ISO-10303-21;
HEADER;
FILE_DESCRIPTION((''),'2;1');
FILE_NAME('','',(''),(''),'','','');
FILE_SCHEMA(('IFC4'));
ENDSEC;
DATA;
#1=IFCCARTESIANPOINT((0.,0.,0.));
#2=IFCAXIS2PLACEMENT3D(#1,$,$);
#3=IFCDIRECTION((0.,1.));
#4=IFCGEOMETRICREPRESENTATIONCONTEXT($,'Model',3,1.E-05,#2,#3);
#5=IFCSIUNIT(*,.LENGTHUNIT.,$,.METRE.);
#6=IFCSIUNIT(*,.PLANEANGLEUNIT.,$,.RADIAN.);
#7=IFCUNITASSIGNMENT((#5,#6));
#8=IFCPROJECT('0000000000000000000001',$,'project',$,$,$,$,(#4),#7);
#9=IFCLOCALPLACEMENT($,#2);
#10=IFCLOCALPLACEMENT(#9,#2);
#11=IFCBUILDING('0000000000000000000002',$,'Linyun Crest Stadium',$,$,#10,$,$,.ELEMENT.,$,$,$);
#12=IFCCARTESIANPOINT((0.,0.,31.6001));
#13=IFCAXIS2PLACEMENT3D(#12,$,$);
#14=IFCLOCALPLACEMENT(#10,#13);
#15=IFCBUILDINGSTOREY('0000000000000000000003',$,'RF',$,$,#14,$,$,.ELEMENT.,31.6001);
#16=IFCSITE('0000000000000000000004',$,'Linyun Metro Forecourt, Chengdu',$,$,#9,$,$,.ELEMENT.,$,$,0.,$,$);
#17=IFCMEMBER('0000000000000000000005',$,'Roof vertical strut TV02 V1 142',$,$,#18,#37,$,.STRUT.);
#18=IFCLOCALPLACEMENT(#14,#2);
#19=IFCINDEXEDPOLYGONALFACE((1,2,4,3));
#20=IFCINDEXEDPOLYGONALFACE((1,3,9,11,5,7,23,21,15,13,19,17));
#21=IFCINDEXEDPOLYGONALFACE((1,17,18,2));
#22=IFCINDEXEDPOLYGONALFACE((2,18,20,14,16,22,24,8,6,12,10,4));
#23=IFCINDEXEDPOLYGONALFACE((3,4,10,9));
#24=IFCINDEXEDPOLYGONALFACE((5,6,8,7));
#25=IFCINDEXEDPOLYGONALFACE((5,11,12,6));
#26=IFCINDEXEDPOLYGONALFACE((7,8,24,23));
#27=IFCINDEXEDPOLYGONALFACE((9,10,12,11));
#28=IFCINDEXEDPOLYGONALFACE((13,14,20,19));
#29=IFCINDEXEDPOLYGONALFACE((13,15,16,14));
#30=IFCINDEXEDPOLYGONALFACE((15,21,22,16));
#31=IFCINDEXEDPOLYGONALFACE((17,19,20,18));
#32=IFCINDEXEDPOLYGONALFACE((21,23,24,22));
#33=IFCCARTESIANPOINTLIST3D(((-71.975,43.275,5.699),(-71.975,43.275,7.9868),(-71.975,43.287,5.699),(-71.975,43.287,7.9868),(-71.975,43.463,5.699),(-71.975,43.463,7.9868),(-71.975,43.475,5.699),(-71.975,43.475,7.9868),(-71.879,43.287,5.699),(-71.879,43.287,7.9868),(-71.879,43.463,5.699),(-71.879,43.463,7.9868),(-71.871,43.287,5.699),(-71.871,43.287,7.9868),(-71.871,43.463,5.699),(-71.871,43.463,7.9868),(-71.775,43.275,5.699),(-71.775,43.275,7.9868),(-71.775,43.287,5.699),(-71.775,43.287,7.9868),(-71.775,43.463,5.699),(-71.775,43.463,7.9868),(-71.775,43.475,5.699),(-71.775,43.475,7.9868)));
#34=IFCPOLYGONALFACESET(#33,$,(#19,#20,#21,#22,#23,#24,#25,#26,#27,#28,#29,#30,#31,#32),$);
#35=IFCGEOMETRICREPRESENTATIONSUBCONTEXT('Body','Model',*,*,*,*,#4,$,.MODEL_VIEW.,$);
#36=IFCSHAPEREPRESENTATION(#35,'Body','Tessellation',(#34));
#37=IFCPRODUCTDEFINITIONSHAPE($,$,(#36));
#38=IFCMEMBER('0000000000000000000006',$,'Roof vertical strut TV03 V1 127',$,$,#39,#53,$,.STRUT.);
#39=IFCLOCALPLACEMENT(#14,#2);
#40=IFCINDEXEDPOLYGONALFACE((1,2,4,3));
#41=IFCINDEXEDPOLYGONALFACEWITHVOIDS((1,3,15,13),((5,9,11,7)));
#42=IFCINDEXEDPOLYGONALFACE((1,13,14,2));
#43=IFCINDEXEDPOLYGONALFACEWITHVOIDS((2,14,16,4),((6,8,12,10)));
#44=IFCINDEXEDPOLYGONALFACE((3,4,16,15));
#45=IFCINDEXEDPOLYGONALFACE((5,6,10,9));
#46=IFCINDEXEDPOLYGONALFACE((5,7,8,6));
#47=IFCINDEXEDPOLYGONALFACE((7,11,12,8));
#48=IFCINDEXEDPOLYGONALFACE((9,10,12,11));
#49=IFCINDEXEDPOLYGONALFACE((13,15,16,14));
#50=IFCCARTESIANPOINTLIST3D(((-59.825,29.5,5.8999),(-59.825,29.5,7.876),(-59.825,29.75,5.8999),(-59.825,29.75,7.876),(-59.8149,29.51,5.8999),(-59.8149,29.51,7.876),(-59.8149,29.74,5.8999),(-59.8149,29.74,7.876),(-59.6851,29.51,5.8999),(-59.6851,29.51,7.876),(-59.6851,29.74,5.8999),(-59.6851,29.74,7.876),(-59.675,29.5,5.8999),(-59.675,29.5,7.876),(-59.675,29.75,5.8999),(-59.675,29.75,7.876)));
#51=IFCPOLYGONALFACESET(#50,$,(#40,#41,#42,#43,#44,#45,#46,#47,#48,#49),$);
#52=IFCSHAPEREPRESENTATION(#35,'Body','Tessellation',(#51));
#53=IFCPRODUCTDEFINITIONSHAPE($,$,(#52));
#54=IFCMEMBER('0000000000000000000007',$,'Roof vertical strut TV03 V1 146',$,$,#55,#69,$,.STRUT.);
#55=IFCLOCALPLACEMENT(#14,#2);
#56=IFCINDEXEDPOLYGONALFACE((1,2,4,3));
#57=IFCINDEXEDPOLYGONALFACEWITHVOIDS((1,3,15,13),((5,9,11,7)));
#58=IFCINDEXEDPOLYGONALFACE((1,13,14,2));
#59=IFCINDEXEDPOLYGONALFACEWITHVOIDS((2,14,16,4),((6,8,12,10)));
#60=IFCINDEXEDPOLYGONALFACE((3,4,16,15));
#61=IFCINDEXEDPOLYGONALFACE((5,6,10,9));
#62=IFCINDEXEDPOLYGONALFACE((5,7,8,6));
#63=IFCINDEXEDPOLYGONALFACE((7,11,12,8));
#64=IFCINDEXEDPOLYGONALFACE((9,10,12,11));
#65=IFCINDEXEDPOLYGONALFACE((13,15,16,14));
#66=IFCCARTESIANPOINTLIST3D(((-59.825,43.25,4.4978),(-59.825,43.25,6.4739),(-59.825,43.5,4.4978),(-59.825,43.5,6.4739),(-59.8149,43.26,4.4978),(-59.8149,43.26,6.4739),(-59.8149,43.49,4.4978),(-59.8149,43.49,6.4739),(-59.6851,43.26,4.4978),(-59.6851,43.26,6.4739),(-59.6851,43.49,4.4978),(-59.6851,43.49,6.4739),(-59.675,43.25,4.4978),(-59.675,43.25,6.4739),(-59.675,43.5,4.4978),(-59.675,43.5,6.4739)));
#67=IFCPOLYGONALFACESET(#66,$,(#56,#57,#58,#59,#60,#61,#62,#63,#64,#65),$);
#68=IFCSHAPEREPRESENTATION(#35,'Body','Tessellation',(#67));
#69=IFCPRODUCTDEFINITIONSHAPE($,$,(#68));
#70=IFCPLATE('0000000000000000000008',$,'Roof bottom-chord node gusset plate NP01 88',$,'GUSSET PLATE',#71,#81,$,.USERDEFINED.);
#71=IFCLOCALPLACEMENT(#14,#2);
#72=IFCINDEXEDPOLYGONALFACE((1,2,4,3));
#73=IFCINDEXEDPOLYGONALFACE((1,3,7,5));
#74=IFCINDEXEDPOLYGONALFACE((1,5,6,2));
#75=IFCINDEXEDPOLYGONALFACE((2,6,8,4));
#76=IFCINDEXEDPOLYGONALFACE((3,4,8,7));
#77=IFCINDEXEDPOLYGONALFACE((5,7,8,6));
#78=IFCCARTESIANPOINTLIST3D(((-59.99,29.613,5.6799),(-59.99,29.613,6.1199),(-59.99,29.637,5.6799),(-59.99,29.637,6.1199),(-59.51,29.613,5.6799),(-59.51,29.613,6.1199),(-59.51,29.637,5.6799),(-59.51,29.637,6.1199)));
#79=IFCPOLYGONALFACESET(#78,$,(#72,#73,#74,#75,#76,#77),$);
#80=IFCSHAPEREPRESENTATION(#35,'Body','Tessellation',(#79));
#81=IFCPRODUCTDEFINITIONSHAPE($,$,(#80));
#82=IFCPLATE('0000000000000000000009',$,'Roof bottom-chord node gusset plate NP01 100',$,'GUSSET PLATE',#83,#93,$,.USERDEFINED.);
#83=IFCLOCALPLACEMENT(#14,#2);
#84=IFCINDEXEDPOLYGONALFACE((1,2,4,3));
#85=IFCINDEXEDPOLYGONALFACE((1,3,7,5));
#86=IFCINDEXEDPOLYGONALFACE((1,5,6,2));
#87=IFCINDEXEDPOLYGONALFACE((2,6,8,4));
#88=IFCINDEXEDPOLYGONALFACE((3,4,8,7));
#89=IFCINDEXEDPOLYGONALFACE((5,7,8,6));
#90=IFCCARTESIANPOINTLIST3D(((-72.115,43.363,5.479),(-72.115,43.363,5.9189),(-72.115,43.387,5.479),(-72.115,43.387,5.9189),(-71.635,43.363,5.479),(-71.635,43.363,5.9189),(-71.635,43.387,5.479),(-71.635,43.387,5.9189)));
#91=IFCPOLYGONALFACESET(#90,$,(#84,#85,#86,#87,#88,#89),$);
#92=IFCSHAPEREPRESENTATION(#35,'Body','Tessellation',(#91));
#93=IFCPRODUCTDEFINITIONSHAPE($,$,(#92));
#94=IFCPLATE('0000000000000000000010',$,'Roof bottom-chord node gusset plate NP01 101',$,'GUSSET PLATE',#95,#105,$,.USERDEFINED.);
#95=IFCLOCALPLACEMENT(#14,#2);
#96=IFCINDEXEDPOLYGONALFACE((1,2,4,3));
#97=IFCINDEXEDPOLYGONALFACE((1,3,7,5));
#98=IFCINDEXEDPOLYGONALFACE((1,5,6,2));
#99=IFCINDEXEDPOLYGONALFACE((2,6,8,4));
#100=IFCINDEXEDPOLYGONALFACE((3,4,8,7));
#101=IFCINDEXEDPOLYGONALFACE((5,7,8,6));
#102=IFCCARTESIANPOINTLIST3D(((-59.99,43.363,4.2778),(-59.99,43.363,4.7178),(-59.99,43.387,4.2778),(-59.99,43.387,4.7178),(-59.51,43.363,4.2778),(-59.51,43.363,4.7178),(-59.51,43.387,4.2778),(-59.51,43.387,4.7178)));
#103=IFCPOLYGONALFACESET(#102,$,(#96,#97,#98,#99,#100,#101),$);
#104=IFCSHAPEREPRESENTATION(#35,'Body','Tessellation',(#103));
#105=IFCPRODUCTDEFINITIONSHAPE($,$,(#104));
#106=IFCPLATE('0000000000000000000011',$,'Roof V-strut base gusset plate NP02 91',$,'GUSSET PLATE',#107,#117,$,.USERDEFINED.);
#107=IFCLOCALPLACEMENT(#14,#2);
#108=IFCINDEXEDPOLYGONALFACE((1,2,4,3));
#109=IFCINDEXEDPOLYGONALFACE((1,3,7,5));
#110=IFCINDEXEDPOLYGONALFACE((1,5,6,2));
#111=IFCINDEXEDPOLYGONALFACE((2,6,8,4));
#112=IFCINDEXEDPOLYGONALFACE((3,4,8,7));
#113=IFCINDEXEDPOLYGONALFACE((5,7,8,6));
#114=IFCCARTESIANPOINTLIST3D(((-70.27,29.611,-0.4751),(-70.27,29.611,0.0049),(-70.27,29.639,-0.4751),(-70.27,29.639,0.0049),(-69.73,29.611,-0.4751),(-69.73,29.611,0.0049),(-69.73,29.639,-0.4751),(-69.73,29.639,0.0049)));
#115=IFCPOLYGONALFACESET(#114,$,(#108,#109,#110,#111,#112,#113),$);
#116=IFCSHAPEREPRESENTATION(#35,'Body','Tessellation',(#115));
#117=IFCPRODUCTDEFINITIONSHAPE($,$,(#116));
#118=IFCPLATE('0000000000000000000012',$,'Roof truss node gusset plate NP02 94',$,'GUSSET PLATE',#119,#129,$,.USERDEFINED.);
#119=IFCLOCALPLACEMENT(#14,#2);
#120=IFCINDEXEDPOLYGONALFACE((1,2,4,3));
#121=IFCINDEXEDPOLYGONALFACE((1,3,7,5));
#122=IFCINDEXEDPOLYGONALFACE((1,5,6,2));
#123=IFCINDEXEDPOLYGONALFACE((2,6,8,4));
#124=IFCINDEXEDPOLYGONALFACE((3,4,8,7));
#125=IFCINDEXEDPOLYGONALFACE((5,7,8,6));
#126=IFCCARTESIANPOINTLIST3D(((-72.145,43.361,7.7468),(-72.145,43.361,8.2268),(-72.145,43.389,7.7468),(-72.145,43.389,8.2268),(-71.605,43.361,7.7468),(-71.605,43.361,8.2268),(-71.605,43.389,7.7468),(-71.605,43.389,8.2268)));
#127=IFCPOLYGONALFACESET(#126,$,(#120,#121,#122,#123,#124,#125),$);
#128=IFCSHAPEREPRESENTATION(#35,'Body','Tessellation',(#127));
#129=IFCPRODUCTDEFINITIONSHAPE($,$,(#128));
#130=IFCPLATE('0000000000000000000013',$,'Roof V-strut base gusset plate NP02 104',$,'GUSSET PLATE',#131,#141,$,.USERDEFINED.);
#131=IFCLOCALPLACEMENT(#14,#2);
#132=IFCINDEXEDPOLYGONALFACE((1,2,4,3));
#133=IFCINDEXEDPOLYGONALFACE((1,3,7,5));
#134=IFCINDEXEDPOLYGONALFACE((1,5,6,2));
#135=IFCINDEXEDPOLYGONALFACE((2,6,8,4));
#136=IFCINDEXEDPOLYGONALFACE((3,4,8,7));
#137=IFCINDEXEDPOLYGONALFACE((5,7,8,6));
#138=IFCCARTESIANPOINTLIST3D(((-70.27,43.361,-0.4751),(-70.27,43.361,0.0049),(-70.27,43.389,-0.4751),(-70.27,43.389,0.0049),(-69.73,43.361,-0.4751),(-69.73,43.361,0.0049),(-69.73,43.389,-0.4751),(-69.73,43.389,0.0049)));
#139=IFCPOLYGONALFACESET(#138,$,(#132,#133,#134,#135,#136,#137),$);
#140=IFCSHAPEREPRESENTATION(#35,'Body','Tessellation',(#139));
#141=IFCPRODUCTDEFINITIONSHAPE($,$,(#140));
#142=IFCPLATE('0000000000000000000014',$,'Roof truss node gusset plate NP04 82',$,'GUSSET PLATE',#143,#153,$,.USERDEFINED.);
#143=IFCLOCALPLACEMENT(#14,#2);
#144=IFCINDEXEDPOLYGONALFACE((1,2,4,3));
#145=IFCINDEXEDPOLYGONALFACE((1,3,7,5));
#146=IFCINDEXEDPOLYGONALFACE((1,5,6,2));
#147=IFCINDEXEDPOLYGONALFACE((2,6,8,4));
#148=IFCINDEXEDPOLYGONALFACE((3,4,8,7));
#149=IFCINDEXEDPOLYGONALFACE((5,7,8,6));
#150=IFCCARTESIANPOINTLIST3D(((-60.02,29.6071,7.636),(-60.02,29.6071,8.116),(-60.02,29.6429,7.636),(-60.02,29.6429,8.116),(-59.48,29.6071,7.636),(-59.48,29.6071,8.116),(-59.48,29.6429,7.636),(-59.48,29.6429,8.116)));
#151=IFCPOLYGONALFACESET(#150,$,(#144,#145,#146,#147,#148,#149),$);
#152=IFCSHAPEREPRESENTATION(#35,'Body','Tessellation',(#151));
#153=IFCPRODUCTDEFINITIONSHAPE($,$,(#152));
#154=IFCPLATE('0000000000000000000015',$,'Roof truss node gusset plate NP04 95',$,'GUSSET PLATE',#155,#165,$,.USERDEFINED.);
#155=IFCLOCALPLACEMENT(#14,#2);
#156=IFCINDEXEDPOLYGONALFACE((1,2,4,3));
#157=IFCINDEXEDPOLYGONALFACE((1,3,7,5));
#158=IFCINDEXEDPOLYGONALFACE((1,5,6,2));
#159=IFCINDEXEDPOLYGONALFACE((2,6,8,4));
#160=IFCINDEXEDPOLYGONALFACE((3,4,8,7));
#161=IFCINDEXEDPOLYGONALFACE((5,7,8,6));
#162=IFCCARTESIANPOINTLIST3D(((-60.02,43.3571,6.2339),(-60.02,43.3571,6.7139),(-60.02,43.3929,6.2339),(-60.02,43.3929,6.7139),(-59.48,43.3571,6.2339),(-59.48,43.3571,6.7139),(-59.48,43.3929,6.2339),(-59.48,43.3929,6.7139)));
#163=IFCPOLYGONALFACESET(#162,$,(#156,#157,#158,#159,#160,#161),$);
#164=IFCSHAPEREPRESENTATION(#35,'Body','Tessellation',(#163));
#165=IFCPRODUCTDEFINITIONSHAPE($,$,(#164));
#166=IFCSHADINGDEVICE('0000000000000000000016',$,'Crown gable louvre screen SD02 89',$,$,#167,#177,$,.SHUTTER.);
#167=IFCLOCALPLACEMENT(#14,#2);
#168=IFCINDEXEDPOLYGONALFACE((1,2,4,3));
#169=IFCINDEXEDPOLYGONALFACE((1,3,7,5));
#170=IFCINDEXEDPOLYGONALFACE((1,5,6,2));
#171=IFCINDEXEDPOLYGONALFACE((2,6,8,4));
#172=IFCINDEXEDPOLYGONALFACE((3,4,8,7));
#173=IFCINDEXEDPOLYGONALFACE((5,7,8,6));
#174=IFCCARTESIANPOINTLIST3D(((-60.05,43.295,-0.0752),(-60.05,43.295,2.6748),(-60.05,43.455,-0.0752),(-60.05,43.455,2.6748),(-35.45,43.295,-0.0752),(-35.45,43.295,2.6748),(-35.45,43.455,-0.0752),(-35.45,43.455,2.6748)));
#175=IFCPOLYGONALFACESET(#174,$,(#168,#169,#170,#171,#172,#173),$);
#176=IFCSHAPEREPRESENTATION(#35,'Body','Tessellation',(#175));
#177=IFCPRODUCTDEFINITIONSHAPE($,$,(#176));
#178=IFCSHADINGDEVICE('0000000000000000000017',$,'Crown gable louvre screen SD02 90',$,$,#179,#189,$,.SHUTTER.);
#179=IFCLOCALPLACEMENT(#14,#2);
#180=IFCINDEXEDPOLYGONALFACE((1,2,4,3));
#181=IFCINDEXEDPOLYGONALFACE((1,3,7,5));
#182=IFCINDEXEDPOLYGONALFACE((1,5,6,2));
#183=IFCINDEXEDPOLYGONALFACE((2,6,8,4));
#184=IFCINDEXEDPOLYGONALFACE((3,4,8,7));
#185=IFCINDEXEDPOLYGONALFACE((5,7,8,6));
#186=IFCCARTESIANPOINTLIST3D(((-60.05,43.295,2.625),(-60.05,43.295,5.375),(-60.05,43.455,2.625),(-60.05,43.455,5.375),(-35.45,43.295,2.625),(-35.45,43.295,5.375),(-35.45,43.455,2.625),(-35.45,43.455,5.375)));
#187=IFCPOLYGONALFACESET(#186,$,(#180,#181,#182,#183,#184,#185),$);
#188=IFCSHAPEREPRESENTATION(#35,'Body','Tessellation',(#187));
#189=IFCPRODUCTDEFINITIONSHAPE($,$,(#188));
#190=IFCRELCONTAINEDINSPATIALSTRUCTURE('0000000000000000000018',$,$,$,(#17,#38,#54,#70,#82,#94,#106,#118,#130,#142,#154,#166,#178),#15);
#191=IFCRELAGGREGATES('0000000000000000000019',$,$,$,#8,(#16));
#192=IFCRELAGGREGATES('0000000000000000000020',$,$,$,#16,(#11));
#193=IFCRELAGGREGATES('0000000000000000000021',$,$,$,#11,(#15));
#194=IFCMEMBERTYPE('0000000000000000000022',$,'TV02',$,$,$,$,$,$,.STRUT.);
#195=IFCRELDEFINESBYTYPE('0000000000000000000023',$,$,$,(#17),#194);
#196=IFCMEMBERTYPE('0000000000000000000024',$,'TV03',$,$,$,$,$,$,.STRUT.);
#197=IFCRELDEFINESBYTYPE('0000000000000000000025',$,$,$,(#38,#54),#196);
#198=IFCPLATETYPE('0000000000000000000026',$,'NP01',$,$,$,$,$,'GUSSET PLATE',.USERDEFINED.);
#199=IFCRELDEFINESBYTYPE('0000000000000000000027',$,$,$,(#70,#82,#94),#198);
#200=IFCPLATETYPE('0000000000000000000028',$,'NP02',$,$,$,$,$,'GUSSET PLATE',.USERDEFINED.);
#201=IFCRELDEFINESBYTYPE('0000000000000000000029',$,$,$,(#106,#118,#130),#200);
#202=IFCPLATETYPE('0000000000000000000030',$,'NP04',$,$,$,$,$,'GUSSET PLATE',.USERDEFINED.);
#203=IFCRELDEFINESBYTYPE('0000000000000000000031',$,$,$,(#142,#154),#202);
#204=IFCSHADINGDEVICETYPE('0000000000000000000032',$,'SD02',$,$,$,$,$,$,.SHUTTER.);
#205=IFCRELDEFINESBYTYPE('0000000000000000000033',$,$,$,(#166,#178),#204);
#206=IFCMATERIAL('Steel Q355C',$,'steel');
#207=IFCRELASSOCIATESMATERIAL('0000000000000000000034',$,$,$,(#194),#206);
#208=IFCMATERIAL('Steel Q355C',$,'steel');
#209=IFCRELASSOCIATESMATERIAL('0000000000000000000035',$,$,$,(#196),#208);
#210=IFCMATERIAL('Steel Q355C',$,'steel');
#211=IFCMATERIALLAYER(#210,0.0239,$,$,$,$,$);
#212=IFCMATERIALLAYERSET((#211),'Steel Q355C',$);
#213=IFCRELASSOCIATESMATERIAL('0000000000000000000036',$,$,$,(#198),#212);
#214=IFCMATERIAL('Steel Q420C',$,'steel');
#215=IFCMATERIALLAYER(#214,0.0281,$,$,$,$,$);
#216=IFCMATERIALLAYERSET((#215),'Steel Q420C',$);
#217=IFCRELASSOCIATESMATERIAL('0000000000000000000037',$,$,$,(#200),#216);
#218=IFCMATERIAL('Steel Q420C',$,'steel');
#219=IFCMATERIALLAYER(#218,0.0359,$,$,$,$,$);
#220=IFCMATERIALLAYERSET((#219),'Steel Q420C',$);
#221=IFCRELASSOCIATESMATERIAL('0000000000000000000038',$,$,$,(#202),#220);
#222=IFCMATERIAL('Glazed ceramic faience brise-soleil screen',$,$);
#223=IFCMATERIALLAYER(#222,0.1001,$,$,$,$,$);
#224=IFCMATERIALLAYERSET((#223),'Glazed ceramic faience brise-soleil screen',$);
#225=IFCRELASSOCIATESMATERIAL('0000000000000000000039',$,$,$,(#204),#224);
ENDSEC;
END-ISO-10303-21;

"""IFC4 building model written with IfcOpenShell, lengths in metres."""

from ifc_helpers import new_model, si_unit, direction, frame, origin, origin_2d, place, context, subcontext, project, spatial, rectangle, hollow_rectangle, i_section, extrude, material, layer, layer_set, material_profile, profile_set, type_object, element, save


model = new_model("IFC4")

# Units and contexts
model_context = context("Model", 3, precision=1e-05, world=origin(), true_north=direction((0.0, 1.0)))
body_context = subcontext(model_context, "Body", "Model", "MODEL_VIEW")
ifc_project = project(units=[si_unit("LENGTHUNIT", "METRE"), si_unit("PLANEANGLEUNIT", "RADIAN")], contexts=[model_context])

# Site, building, storey
site_placement = place(None, origin())
site = spatial("IfcSite", under=ifc_project, at=site_placement, Name="Linyun Metro Forecourt, Chengdu", CompositionType="ELEMENT", RefElevation=0.0)
building_placement = place(site_placement, origin())
building = spatial("IfcBuilding", under=site, at=building_placement, Name="Linyun Crest Stadium", CompositionType="ELEMENT")
storey_placement = place(building_placement, frame((0.0, 0.0, 31.6001)))
storey = spatial("IfcBuildingStorey", under=building, at=storey_placement, Name="RF", CompositionType="ELEMENT", Elevation=31.6001)

# Members
ifc_material_1 = material(Name="Steel Q355C", Category="steel")
ifc_material_profile_1 = material_profile(ifc_material_1, i_section(OverallWidth=0.2, OverallDepth=0.2, WebThickness=0.0081, FlangeThickness=0.012, at=origin_2d()), Name="HW 200x200")
ifc_profile_set_1 = profile_set([ifc_material_profile_1], Name="Steel Q355C")
member_type_1 = type_object("IfcMemberType", Name="TV02", PredefinedType="STRUT", material=ifc_profile_set_1)
member_1_placement = place(storey_placement, frame((-71.875, 43.375, 5.699), z_axis=(0.0, 0.0, 1.0), x_axis=(1.0, 0.0, 0.0)))
element("IfcMember", 1, at=member_1_placement, inside=storey, type_object=member_type_1, Name="Roof vertical strut TV02 V1 142", PredefinedType="STRUT", context=body_context, shape_type="SweptSolid", body=[
    extrude(i_section(OverallWidth=0.2, OverallDepth=0.2, WebThickness=0.0081, FlangeThickness=0.012, at=origin_2d()), origin(), (0.0, 0.0, 1.0), 2.2878),
])
ifc_material_2 = material(Name="Steel Q355C", Category="steel")
ifc_material_profile_2 = material_profile(ifc_material_2, hollow_rectangle(XDim=0.1499, YDim=0.25, WallThickness=0.01, at=origin_2d()), Name="RHS 250x150x10")
ifc_profile_set_2 = profile_set([ifc_material_profile_2], Name="Steel Q355C")
member_type_2 = type_object("IfcMemberType", Name="TV03", PredefinedType="STRUT", material=ifc_profile_set_2)
for number, where, z_axis, x_axis, name in (
    (2, (-59.75, 29.625, 5.8999), (0.0, 0.0, 1.0), (1.0, 0.0, 0.0), "Roof vertical strut TV03 V1 127"),
    (3, (-59.75, 43.375, 4.4978), (0.0, 0.0, 1.0), (1.0, 0.0, 0.0), "Roof vertical strut TV03 V1 146"),
):
    element("IfcMember", number, at=place(storey_placement, frame(where, z_axis=z_axis, x_axis=x_axis)), inside=storey, type_object=member_type_2, Name=name, PredefinedType="STRUT", context=body_context, shape_type="SweptSolid", body=[
        extrude(hollow_rectangle(XDim=0.1499, YDim=0.25, WallThickness=0.01, at=origin_2d()), origin(), (0.0, 0.0, 1.0), 1.9761),
    ])

# Plates
ifc_material_3 = material(Name="Steel Q355C", Category="steel")
ifc_layer_1 = layer(ifc_material_3, 0.0239)
ifc_layer_set_1 = layer_set([ifc_layer_1], Name="Steel Q355C")
plate_type_1 = type_object("IfcPlateType", Name="NP01", ElementType="GUSSET PLATE", PredefinedType="USERDEFINED", material=ifc_layer_set_1)
for number, where, z_axis, x_axis, name in (
    (4, (-59.75, 29.625, 5.6799), (0.0, 0.0, 1.0), (1.0, 0.0, 0.0), "Roof bottom-chord node gusset plate NP01 88"),
    (5, (-71.875, 43.375, 5.479), (0.0, 0.0, 1.0), (1.0, 0.0, 0.0), "Roof bottom-chord node gusset plate NP01 100"),
    (6, (-59.75, 43.375, 4.2778), (0.0, 0.0, 1.0), (1.0, 0.0, 0.0), "Roof bottom-chord node gusset plate NP01 101"),
):
    element("IfcPlate", number, at=place(storey_placement, frame(where, z_axis=z_axis, x_axis=x_axis)), inside=storey, type_object=plate_type_1, Name=name, ObjectType="GUSSET PLATE", PredefinedType="USERDEFINED", context=body_context, shape_type="SweptSolid", body=[
        extrude(rectangle(XDim=0.48, YDim=0.0239, at=origin_2d()), origin(), (0.0, 0.0, 1.0), 0.4399),
    ])
ifc_material_4 = material(Name="Steel Q420C", Category="steel")
ifc_layer_2 = layer(ifc_material_4, 0.0281)
ifc_layer_set_2 = layer_set([ifc_layer_2], Name="Steel Q420C")
plate_type_2 = type_object("IfcPlateType", Name="NP02", ElementType="GUSSET PLATE", PredefinedType="USERDEFINED", material=ifc_layer_set_2)
for number, where, z_axis, x_axis, name in (
    (7, (-70.0, 29.625, -0.4751), (0.0, 0.0, 1.0), (1.0, 0.0, 0.0), "Roof V-strut base gusset plate NP02 91"),
    (8, (-71.875, 43.375, 7.7468), (0.0, 0.0, 1.0), (1.0, 0.0, 0.0), "Roof truss node gusset plate NP02 94"),
    (9, (-70.0, 43.375, -0.4751), (0.0, 0.0, 1.0), (1.0, 0.0, 0.0), "Roof V-strut base gusset plate NP02 104"),
):
    element("IfcPlate", number, at=place(storey_placement, frame(where, z_axis=z_axis, x_axis=x_axis)), inside=storey, type_object=plate_type_2, Name=name, ObjectType="GUSSET PLATE", PredefinedType="USERDEFINED", context=body_context, shape_type="SweptSolid", body=[
        extrude(rectangle(XDim=0.54, YDim=0.0281, at=origin_2d()), origin(), (0.0, 0.0, 1.0), 0.48),
    ])
ifc_material_5 = material(Name="Steel Q420C", Category="steel")
ifc_layer_3 = layer(ifc_material_5, 0.0359)
ifc_layer_set_3 = layer_set([ifc_layer_3], Name="Steel Q420C")
plate_type_3 = type_object("IfcPlateType", Name="NP04", ElementType="GUSSET PLATE", PredefinedType="USERDEFINED", material=ifc_layer_set_3)
for number, where, z_axis, x_axis, name in (
    (10, (-59.75, 29.625, 7.636), (0.0, 0.0, 1.0), (1.0, 0.0, 0.0), "Roof truss node gusset plate NP04 82"),
    (11, (-59.75, 43.375, 6.2339), (0.0, 0.0, 1.0), (1.0, 0.0, 0.0), "Roof truss node gusset plate NP04 95"),
):
    element("IfcPlate", number, at=place(storey_placement, frame(where, z_axis=z_axis, x_axis=x_axis)), inside=storey, type_object=plate_type_3, Name=name, ObjectType="GUSSET PLATE", PredefinedType="USERDEFINED", context=body_context, shape_type="SweptSolid", body=[
        extrude(rectangle(XDim=0.54, YDim=0.0359, at=origin_2d()), origin(), (0.0, 0.0, 1.0), 0.48),
    ])

# Shading devices
ifc_material_6 = material(Name="Glazed ceramic faience brise-soleil screen")
ifc_layer_4 = layer(ifc_material_6, 0.1001)
ifc_layer_set_4 = layer_set([ifc_layer_4], Name="Glazed ceramic faience brise-soleil screen")
shading_device_type = type_object("IfcShadingDeviceType", Name="SD02", PredefinedType="SHUTTER", material=ifc_layer_set_4)
for number, where, z_axis, x_axis, name in (
    (12, (-47.75, 43.375, -0.0752), (0.0, 0.0, 1.0), (1.0, 0.0, 0.0), "Crown gable louvre screen SD02 89"),
    (13, (-47.75, 43.375, 2.625), (0.0, 0.0, 1.0), (1.0, 0.0, 0.0), "Crown gable louvre screen SD02 90"),
):
    element("IfcShadingDevice", number, at=place(storey_placement, frame(where, z_axis=z_axis, x_axis=x_axis)), inside=storey, type_object=shading_device_type, Name=name, PredefinedType="SHUTTER", context=body_context, shape_type="SweptSolid", body=[
        extrude(rectangle(XDim=24.6001, YDim=0.1599, at=origin_2d()), origin(), (0.0, 0.0, 1.0), 2.75),
    ])

save(model, "model.ifc")
